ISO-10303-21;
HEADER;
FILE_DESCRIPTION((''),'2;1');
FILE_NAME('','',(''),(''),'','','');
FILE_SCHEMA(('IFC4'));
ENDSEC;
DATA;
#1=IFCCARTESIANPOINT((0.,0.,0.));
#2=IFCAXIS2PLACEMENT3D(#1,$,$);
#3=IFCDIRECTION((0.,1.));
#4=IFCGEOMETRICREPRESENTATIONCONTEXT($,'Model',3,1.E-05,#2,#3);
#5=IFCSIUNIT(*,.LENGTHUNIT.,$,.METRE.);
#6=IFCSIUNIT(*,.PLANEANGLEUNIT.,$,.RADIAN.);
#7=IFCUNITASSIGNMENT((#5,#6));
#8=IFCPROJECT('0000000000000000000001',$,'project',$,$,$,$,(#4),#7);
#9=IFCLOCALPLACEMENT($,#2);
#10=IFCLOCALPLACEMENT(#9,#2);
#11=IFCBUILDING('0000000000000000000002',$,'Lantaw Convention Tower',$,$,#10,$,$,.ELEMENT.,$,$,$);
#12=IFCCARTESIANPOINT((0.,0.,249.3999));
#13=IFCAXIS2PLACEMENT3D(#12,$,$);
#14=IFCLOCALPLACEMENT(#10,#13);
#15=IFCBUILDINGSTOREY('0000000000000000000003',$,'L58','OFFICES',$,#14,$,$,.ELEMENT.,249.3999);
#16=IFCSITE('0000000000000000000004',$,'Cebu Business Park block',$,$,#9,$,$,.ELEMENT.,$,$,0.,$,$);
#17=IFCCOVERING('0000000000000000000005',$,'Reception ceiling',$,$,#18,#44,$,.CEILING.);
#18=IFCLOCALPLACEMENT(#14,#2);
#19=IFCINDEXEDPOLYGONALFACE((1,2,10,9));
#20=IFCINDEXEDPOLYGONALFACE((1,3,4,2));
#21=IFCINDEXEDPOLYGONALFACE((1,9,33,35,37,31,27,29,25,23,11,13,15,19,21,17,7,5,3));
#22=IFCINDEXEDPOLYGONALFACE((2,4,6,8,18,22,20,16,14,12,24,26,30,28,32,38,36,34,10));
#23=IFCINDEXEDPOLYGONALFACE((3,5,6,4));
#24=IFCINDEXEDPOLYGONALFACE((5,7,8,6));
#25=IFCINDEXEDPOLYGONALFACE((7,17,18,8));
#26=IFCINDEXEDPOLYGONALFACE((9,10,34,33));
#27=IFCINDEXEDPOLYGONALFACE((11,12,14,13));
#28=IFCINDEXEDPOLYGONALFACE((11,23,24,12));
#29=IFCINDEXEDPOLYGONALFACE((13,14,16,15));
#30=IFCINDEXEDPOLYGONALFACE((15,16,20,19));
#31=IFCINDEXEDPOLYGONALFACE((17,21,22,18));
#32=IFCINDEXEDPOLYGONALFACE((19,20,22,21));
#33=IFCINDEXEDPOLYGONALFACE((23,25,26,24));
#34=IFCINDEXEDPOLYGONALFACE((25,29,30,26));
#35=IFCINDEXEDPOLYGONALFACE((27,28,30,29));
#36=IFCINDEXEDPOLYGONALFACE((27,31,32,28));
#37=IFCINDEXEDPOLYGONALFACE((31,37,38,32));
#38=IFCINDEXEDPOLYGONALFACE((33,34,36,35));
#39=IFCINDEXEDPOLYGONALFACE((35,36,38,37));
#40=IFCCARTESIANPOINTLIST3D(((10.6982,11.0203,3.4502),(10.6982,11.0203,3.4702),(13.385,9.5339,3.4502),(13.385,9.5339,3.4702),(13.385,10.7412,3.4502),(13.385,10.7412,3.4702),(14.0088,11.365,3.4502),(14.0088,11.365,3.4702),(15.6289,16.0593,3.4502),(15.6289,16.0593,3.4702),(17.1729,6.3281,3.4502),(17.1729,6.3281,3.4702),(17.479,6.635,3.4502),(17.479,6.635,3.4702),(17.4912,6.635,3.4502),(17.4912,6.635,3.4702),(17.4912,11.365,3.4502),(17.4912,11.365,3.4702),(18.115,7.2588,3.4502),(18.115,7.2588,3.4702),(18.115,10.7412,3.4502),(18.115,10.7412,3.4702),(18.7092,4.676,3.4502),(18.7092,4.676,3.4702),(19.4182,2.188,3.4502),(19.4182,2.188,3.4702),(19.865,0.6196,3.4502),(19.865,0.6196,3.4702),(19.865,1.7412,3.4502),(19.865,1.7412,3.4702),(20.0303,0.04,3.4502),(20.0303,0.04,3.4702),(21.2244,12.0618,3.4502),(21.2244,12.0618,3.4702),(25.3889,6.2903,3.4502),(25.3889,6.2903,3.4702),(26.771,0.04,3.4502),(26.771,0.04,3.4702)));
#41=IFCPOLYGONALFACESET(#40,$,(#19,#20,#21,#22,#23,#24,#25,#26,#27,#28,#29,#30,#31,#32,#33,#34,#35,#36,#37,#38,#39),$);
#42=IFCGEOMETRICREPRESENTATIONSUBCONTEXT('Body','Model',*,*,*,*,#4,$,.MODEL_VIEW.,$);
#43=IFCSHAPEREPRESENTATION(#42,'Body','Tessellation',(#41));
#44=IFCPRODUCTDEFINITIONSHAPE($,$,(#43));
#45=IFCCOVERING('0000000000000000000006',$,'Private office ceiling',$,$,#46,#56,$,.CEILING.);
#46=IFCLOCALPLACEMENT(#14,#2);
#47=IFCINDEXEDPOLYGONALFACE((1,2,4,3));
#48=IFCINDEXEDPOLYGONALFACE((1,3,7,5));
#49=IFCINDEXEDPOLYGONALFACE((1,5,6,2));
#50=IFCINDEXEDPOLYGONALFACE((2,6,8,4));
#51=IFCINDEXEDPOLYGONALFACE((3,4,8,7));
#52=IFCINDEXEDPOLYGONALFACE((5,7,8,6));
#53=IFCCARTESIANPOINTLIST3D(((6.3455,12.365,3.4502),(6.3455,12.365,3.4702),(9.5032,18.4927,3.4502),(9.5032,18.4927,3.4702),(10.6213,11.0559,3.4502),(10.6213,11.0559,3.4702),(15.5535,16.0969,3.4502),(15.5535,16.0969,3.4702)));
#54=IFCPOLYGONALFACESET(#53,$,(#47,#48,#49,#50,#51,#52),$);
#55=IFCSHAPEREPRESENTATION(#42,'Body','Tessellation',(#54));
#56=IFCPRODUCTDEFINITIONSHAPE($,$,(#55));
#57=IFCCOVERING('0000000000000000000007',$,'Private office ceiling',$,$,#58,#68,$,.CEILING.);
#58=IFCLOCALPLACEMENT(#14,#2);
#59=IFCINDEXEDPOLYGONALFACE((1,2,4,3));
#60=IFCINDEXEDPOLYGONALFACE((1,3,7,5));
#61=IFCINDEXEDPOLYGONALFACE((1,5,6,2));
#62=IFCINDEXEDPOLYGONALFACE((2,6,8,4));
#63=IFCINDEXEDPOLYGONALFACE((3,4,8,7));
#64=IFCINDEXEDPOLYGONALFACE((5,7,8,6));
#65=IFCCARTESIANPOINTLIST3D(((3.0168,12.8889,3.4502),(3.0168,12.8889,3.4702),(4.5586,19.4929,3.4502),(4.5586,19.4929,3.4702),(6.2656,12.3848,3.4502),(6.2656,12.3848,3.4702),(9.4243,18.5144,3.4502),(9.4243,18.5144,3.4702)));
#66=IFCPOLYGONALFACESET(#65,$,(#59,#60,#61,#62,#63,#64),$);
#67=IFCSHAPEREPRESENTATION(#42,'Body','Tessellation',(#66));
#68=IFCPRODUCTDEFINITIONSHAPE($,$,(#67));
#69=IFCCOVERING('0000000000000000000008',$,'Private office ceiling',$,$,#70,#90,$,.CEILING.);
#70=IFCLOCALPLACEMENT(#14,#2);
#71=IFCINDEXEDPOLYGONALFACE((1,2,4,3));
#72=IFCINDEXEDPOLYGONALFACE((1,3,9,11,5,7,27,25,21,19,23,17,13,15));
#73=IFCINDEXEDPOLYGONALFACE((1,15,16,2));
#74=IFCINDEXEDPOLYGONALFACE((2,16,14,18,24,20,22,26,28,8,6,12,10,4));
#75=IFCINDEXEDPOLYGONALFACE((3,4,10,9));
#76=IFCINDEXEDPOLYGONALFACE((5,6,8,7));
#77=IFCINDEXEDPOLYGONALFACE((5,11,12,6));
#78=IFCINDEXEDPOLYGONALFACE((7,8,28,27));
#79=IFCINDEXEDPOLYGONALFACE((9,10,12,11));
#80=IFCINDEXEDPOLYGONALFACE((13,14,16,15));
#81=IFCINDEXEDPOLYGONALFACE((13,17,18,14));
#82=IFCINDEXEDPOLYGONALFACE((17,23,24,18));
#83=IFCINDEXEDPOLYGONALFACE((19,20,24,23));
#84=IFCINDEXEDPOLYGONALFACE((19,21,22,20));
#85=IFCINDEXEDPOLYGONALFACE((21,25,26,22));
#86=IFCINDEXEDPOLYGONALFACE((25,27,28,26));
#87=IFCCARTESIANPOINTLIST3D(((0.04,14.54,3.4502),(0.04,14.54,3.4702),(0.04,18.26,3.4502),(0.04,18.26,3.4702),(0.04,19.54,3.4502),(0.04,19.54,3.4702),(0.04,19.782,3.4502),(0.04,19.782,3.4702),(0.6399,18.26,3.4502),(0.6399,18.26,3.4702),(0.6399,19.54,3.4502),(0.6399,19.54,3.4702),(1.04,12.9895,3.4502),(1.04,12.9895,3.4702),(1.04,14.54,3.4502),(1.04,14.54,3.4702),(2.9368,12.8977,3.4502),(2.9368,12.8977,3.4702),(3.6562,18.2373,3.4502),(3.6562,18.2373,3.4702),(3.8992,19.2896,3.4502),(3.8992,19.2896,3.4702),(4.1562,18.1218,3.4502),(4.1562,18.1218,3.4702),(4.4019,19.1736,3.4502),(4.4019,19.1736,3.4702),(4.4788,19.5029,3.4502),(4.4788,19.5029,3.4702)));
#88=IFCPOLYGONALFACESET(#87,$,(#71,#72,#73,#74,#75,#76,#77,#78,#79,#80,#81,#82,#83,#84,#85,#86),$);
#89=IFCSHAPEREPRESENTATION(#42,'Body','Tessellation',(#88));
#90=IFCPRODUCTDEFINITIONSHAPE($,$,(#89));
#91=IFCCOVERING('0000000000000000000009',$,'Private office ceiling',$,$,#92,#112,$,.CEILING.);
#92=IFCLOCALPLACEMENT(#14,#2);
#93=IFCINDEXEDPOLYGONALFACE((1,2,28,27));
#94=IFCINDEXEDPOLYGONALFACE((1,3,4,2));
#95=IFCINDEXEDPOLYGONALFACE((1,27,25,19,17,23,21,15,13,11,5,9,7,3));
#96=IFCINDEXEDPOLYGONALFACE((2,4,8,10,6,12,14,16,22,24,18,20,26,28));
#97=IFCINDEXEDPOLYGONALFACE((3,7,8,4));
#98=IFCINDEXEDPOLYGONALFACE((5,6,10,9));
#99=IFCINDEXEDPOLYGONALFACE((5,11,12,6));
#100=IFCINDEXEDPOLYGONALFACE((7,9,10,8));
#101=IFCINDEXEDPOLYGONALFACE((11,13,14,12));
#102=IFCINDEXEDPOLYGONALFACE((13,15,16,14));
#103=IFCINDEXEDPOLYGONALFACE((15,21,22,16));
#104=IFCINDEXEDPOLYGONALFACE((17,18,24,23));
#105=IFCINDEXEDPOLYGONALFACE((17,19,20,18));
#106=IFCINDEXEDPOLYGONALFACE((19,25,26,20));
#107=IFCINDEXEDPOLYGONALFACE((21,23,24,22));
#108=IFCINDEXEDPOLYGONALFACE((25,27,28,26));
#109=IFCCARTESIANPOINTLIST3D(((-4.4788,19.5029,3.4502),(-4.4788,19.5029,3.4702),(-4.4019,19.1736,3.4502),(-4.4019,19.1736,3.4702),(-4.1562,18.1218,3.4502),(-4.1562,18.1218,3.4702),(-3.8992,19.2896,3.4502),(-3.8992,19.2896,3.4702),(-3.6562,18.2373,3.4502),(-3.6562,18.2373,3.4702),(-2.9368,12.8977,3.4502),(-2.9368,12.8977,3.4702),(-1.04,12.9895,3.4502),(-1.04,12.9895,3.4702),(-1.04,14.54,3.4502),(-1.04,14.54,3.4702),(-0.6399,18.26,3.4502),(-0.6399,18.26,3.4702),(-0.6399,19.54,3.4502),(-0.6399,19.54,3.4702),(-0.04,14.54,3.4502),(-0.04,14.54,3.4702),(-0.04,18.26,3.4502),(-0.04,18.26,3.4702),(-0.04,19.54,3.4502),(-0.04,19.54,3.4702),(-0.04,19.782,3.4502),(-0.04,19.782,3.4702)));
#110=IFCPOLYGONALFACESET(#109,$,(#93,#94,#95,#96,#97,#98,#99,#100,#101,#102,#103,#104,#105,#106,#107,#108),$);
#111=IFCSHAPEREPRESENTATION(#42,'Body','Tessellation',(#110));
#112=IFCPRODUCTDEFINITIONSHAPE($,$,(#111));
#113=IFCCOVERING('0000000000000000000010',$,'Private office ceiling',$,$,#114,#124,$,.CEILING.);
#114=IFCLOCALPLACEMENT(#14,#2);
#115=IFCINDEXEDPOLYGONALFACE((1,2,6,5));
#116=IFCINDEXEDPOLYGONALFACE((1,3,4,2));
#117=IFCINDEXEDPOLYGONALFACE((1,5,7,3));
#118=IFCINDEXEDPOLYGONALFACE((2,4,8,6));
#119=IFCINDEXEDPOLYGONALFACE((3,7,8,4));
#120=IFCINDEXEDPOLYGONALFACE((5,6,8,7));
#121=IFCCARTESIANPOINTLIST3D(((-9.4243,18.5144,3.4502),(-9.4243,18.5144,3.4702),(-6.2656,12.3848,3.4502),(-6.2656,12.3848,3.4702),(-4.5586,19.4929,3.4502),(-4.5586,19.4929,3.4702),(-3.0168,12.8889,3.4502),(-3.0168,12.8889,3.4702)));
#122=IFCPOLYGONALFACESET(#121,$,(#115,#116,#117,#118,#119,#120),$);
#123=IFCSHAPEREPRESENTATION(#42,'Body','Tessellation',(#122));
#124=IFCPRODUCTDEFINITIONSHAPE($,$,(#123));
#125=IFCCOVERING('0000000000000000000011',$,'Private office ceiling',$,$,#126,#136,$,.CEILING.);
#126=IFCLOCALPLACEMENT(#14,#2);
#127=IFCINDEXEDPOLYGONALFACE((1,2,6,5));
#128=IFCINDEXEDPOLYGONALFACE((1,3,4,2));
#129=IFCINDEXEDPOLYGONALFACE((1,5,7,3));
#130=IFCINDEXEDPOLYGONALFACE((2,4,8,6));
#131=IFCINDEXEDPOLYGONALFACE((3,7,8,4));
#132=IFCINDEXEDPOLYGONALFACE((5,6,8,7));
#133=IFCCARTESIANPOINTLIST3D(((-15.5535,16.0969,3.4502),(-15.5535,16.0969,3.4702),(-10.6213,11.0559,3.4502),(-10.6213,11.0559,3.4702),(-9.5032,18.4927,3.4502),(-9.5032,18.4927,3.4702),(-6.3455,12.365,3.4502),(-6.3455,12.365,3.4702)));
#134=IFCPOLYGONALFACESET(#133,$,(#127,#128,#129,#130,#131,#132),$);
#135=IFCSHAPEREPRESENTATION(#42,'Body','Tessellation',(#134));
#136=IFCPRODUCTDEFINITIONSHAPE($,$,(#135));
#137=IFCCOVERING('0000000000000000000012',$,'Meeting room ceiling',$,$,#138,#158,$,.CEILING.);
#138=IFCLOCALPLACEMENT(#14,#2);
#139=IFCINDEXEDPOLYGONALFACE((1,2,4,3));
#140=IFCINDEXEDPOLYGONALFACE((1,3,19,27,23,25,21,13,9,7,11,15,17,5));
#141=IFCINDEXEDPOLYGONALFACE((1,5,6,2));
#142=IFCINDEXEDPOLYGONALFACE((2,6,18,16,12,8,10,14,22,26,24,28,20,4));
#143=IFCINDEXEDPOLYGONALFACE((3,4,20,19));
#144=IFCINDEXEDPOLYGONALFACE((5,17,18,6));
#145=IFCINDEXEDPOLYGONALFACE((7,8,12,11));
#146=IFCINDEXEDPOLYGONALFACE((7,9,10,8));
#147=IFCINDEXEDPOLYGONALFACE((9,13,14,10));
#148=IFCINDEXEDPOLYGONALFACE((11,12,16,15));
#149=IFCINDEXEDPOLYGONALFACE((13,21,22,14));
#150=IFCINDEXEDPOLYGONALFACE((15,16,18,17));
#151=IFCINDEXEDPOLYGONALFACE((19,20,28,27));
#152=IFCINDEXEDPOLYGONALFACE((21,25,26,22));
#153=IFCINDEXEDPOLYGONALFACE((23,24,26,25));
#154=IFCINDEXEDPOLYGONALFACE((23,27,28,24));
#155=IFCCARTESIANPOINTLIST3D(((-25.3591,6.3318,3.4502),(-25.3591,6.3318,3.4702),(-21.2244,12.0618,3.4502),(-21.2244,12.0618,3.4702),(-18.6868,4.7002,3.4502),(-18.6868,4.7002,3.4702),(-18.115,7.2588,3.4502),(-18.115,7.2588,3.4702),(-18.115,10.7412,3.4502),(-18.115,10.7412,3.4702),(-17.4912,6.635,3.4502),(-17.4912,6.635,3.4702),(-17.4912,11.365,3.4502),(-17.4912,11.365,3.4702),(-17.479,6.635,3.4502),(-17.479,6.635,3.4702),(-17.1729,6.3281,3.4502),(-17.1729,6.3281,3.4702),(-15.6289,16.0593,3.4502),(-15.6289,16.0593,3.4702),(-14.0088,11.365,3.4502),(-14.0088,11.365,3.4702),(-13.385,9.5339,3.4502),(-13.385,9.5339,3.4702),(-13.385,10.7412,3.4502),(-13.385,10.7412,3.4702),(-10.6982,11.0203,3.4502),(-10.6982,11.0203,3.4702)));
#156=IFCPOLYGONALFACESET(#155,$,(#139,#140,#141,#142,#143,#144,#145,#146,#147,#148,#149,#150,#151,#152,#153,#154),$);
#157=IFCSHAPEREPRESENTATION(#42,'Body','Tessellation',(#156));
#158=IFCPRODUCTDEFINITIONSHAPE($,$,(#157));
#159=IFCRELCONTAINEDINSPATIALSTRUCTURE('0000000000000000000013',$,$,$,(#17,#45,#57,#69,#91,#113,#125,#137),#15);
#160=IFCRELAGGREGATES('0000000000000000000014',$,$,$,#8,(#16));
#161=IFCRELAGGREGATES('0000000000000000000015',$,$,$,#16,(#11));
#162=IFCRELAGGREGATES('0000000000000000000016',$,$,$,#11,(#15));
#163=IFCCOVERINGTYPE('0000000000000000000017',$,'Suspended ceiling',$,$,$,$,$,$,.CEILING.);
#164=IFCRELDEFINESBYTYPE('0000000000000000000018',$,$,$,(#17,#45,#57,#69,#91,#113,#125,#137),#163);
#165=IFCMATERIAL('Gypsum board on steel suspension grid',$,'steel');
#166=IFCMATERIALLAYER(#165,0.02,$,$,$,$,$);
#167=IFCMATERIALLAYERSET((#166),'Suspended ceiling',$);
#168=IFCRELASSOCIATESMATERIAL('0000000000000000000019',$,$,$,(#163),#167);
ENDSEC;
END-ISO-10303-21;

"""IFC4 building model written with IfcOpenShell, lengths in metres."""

from ifc_helpers import new_model, si_unit, direction, frame, origin, place, context, subcontext, project, spatial, polyline, outline, extrude, material, layer, layer_set, type_object, element, save


model = new_model("IFC4")

# Units and contexts
model_context = context("Model", 3, precision=1e-05, world=origin(), true_north=direction((0.0, 1.0)))
body_context = subcontext(model_context, "Body", "Model", "MODEL_VIEW")
ifc_project = project(units=[si_unit("LENGTHUNIT", "METRE"), si_unit("PLANEANGLEUNIT", "RADIAN")], contexts=[model_context])

# Site, building, storey
site_placement = place(None, origin())
site = spatial("IfcSite", under=ifc_project, at=site_placement, Name="Cebu Business Park block", CompositionType="ELEMENT", RefElevation=0.0)
building_placement = place(site_placement, origin())
building = spatial("IfcBuilding", under=site, at=building_placement, Name="Lantaw Convention Tower", CompositionType="ELEMENT")
storey_placement = place(building_placement, frame((0.0, 0.0, 249.3999)))
storey = spatial("IfcBuildingStorey", under=building, at=storey_placement, Name="L58", Description="OFFICES", CompositionType="ELEMENT", Elevation=249.3999)

# Coverings
ifc_material_1 = material(Name="Gypsum board on steel suspension grid", Category="steel")
ifc_layer_1 = layer(ifc_material_1, 0.02)
ifc_layer_set_1 = layer_set([ifc_layer_1], Name="Suspended ceiling")
covering_type = type_object("IfcCoveringType", Name="Suspended ceiling", PredefinedType="CEILING", material=ifc_layer_set_1)
covering_1_placement = place(storey_placement, frame((0.0, 0.0, 3.4502)))
element("IfcCovering", 1, at=covering_1_placement, inside=storey, type_object=covering_type, Name="Reception ceiling", PredefinedType="CEILING", context=body_context, shape_type="SweptSolid", body=[
    extrude(outline(polyline([(17.1729, 6.3281), (18.7092, 4.676), (19.4182, 2.188), (19.865, 1.7412), (19.865, 0.6196), (20.0303, 0.04), (26.771, 0.04), (25.3889, 6.2903), (21.2244, 12.0618), (15.6289, 16.0593), (10.6982, 11.0203), (13.385, 9.5339), (13.385, 10.7412), (14.0088, 11.365), (17.4912, 11.365), (18.115, 10.7412), (18.115, 7.2588), (17.4912, 6.635), (17.479, 6.635), (17.1729, 6.3281)])), origin(), (0.0, 0.0, 1.0), 0.02),
])
covering_2_placement = place(storey_placement, frame((0.0, 0.0, 3.4502)))
element("IfcCovering", 2, at=covering_2_placement, inside=storey, type_object=covering_type, Name="Private office ceiling", PredefinedType="CEILING", context=body_context, shape_type="SweptSolid", body=[
    extrude(outline(polyline([(10.6213, 11.0559), (15.5535, 16.0969), (9.5032, 18.4927), (6.3455, 12.365), (10.6213, 11.0559)])), origin(), (0.0, 0.0, 1.0), 0.02),
])
covering_3_placement = place(storey_placement, frame((0.0, 0.0, 3.4502)))
element("IfcCovering", 3, at=covering_3_placement, inside=storey, type_object=covering_type, Name="Private office ceiling", PredefinedType="CEILING", context=body_context, shape_type="SweptSolid", body=[
    extrude(outline(polyline([(6.2656, 12.3848), (9.4243, 18.5144), (4.5586, 19.4929), (3.0168, 12.8889), (6.2656, 12.3848)])), origin(), (0.0, 0.0, 1.0), 0.02),
])
covering_4_placement = place(storey_placement, frame((0.0, 0.0, 3.4502)))
element("IfcCovering", 4, at=covering_4_placement, inside=storey, type_object=covering_type, Name="Private office ceiling", PredefinedType="CEILING", context=body_context, shape_type="SweptSolid", body=[
    extrude(outline(polyline([(1.04, 12.9895), (2.9368, 12.8977), (4.1562, 18.1218), (3.6562, 18.2373), (3.8992, 19.2896), (4.4019, 19.1736), (4.4788, 19.5029), (0.04, 19.782), (0.04, 19.54), (0.6399, 19.54), (0.6399, 18.26), (0.04, 18.26), (0.04, 14.54), (1.04, 14.54), (1.04, 12.9895)])), origin(), (0.0, 0.0, 1.0), 0.02),
])
covering_5_placement = place(storey_placement, frame((0.0, 0.0, 3.4502)))
element("IfcCovering", 5, at=covering_5_placement, inside=storey, type_object=covering_type, Name="Private office ceiling", PredefinedType="CEILING", context=body_context, shape_type="SweptSolid", body=[
    extrude(outline(polyline([(-2.9368, 12.8977), (-1.04, 12.9895), (-1.04, 14.54), (-0.04, 14.54), (-0.04, 18.26), (-0.6399, 18.26), (-0.6399, 19.54), (-0.04, 19.54), (-0.04, 19.782), (-4.4788, 19.5029), (-4.4019, 19.1736), (-3.8992, 19.2896), (-3.6562, 18.2373), (-4.1562, 18.1218), (-2.9368, 12.8977)])), origin(), (0.0, 0.0, 1.0), 0.02),
])
covering_6_placement = place(storey_placement, frame((0.0, 0.0, 3.4502)))
element("IfcCovering", 6, at=covering_6_placement, inside=storey, type_object=covering_type, Name="Private office ceiling", PredefinedType="CEILING", context=body_context, shape_type="SweptSolid", body=[
    extrude(outline(polyline([(-3.0168, 12.8889), (-4.5586, 19.4929), (-9.4243, 18.5144), (-6.2656, 12.3848), (-3.0168, 12.8889)])), origin(), (0.0, 0.0, 1.0), 0.02),
])
covering_7_placement = place(storey_placement, frame((0.0, 0.0, 3.4502)))
element("IfcCovering", 7, at=covering_7_placement, inside=storey, type_object=covering_type, Name="Private office ceiling", PredefinedType="CEILING", context=body_context, shape_type="SweptSolid", body=[
    extrude(outline(polyline([(-6.3455, 12.365), (-9.5032, 18.4927), (-15.5535, 16.0969), (-10.6213, 11.0559), (-6.3455, 12.365)])), origin(), (0.0, 0.0, 1.0), 0.02),
])
covering_8_placement = place(storey_placement, frame((0.0, 0.0, 3.4502)))
element("IfcCovering", 8, at=covering_8_placement, inside=storey, type_object=covering_type, Name="Meeting room ceiling", PredefinedType="CEILING", context=body_context, shape_type="SweptSolid", body=[
    extrude(outline(polyline([(-17.479, 6.635), (-17.4912, 6.635), (-18.115, 7.2588), (-18.115, 10.7412), (-17.4912, 11.365), (-14.0088, 11.365), (-13.385, 10.7412), (-13.385, 9.5339), (-10.6982, 11.0203), (-15.6289, 16.0593), (-21.2244, 12.0618), (-25.3591, 6.3318), (-18.6868, 4.7002), (-17.1729, 6.3281), (-17.479, 6.635)])), origin(), (0.0, 0.0, 1.0), 0.02),
])

save(model, "model.ifc")
